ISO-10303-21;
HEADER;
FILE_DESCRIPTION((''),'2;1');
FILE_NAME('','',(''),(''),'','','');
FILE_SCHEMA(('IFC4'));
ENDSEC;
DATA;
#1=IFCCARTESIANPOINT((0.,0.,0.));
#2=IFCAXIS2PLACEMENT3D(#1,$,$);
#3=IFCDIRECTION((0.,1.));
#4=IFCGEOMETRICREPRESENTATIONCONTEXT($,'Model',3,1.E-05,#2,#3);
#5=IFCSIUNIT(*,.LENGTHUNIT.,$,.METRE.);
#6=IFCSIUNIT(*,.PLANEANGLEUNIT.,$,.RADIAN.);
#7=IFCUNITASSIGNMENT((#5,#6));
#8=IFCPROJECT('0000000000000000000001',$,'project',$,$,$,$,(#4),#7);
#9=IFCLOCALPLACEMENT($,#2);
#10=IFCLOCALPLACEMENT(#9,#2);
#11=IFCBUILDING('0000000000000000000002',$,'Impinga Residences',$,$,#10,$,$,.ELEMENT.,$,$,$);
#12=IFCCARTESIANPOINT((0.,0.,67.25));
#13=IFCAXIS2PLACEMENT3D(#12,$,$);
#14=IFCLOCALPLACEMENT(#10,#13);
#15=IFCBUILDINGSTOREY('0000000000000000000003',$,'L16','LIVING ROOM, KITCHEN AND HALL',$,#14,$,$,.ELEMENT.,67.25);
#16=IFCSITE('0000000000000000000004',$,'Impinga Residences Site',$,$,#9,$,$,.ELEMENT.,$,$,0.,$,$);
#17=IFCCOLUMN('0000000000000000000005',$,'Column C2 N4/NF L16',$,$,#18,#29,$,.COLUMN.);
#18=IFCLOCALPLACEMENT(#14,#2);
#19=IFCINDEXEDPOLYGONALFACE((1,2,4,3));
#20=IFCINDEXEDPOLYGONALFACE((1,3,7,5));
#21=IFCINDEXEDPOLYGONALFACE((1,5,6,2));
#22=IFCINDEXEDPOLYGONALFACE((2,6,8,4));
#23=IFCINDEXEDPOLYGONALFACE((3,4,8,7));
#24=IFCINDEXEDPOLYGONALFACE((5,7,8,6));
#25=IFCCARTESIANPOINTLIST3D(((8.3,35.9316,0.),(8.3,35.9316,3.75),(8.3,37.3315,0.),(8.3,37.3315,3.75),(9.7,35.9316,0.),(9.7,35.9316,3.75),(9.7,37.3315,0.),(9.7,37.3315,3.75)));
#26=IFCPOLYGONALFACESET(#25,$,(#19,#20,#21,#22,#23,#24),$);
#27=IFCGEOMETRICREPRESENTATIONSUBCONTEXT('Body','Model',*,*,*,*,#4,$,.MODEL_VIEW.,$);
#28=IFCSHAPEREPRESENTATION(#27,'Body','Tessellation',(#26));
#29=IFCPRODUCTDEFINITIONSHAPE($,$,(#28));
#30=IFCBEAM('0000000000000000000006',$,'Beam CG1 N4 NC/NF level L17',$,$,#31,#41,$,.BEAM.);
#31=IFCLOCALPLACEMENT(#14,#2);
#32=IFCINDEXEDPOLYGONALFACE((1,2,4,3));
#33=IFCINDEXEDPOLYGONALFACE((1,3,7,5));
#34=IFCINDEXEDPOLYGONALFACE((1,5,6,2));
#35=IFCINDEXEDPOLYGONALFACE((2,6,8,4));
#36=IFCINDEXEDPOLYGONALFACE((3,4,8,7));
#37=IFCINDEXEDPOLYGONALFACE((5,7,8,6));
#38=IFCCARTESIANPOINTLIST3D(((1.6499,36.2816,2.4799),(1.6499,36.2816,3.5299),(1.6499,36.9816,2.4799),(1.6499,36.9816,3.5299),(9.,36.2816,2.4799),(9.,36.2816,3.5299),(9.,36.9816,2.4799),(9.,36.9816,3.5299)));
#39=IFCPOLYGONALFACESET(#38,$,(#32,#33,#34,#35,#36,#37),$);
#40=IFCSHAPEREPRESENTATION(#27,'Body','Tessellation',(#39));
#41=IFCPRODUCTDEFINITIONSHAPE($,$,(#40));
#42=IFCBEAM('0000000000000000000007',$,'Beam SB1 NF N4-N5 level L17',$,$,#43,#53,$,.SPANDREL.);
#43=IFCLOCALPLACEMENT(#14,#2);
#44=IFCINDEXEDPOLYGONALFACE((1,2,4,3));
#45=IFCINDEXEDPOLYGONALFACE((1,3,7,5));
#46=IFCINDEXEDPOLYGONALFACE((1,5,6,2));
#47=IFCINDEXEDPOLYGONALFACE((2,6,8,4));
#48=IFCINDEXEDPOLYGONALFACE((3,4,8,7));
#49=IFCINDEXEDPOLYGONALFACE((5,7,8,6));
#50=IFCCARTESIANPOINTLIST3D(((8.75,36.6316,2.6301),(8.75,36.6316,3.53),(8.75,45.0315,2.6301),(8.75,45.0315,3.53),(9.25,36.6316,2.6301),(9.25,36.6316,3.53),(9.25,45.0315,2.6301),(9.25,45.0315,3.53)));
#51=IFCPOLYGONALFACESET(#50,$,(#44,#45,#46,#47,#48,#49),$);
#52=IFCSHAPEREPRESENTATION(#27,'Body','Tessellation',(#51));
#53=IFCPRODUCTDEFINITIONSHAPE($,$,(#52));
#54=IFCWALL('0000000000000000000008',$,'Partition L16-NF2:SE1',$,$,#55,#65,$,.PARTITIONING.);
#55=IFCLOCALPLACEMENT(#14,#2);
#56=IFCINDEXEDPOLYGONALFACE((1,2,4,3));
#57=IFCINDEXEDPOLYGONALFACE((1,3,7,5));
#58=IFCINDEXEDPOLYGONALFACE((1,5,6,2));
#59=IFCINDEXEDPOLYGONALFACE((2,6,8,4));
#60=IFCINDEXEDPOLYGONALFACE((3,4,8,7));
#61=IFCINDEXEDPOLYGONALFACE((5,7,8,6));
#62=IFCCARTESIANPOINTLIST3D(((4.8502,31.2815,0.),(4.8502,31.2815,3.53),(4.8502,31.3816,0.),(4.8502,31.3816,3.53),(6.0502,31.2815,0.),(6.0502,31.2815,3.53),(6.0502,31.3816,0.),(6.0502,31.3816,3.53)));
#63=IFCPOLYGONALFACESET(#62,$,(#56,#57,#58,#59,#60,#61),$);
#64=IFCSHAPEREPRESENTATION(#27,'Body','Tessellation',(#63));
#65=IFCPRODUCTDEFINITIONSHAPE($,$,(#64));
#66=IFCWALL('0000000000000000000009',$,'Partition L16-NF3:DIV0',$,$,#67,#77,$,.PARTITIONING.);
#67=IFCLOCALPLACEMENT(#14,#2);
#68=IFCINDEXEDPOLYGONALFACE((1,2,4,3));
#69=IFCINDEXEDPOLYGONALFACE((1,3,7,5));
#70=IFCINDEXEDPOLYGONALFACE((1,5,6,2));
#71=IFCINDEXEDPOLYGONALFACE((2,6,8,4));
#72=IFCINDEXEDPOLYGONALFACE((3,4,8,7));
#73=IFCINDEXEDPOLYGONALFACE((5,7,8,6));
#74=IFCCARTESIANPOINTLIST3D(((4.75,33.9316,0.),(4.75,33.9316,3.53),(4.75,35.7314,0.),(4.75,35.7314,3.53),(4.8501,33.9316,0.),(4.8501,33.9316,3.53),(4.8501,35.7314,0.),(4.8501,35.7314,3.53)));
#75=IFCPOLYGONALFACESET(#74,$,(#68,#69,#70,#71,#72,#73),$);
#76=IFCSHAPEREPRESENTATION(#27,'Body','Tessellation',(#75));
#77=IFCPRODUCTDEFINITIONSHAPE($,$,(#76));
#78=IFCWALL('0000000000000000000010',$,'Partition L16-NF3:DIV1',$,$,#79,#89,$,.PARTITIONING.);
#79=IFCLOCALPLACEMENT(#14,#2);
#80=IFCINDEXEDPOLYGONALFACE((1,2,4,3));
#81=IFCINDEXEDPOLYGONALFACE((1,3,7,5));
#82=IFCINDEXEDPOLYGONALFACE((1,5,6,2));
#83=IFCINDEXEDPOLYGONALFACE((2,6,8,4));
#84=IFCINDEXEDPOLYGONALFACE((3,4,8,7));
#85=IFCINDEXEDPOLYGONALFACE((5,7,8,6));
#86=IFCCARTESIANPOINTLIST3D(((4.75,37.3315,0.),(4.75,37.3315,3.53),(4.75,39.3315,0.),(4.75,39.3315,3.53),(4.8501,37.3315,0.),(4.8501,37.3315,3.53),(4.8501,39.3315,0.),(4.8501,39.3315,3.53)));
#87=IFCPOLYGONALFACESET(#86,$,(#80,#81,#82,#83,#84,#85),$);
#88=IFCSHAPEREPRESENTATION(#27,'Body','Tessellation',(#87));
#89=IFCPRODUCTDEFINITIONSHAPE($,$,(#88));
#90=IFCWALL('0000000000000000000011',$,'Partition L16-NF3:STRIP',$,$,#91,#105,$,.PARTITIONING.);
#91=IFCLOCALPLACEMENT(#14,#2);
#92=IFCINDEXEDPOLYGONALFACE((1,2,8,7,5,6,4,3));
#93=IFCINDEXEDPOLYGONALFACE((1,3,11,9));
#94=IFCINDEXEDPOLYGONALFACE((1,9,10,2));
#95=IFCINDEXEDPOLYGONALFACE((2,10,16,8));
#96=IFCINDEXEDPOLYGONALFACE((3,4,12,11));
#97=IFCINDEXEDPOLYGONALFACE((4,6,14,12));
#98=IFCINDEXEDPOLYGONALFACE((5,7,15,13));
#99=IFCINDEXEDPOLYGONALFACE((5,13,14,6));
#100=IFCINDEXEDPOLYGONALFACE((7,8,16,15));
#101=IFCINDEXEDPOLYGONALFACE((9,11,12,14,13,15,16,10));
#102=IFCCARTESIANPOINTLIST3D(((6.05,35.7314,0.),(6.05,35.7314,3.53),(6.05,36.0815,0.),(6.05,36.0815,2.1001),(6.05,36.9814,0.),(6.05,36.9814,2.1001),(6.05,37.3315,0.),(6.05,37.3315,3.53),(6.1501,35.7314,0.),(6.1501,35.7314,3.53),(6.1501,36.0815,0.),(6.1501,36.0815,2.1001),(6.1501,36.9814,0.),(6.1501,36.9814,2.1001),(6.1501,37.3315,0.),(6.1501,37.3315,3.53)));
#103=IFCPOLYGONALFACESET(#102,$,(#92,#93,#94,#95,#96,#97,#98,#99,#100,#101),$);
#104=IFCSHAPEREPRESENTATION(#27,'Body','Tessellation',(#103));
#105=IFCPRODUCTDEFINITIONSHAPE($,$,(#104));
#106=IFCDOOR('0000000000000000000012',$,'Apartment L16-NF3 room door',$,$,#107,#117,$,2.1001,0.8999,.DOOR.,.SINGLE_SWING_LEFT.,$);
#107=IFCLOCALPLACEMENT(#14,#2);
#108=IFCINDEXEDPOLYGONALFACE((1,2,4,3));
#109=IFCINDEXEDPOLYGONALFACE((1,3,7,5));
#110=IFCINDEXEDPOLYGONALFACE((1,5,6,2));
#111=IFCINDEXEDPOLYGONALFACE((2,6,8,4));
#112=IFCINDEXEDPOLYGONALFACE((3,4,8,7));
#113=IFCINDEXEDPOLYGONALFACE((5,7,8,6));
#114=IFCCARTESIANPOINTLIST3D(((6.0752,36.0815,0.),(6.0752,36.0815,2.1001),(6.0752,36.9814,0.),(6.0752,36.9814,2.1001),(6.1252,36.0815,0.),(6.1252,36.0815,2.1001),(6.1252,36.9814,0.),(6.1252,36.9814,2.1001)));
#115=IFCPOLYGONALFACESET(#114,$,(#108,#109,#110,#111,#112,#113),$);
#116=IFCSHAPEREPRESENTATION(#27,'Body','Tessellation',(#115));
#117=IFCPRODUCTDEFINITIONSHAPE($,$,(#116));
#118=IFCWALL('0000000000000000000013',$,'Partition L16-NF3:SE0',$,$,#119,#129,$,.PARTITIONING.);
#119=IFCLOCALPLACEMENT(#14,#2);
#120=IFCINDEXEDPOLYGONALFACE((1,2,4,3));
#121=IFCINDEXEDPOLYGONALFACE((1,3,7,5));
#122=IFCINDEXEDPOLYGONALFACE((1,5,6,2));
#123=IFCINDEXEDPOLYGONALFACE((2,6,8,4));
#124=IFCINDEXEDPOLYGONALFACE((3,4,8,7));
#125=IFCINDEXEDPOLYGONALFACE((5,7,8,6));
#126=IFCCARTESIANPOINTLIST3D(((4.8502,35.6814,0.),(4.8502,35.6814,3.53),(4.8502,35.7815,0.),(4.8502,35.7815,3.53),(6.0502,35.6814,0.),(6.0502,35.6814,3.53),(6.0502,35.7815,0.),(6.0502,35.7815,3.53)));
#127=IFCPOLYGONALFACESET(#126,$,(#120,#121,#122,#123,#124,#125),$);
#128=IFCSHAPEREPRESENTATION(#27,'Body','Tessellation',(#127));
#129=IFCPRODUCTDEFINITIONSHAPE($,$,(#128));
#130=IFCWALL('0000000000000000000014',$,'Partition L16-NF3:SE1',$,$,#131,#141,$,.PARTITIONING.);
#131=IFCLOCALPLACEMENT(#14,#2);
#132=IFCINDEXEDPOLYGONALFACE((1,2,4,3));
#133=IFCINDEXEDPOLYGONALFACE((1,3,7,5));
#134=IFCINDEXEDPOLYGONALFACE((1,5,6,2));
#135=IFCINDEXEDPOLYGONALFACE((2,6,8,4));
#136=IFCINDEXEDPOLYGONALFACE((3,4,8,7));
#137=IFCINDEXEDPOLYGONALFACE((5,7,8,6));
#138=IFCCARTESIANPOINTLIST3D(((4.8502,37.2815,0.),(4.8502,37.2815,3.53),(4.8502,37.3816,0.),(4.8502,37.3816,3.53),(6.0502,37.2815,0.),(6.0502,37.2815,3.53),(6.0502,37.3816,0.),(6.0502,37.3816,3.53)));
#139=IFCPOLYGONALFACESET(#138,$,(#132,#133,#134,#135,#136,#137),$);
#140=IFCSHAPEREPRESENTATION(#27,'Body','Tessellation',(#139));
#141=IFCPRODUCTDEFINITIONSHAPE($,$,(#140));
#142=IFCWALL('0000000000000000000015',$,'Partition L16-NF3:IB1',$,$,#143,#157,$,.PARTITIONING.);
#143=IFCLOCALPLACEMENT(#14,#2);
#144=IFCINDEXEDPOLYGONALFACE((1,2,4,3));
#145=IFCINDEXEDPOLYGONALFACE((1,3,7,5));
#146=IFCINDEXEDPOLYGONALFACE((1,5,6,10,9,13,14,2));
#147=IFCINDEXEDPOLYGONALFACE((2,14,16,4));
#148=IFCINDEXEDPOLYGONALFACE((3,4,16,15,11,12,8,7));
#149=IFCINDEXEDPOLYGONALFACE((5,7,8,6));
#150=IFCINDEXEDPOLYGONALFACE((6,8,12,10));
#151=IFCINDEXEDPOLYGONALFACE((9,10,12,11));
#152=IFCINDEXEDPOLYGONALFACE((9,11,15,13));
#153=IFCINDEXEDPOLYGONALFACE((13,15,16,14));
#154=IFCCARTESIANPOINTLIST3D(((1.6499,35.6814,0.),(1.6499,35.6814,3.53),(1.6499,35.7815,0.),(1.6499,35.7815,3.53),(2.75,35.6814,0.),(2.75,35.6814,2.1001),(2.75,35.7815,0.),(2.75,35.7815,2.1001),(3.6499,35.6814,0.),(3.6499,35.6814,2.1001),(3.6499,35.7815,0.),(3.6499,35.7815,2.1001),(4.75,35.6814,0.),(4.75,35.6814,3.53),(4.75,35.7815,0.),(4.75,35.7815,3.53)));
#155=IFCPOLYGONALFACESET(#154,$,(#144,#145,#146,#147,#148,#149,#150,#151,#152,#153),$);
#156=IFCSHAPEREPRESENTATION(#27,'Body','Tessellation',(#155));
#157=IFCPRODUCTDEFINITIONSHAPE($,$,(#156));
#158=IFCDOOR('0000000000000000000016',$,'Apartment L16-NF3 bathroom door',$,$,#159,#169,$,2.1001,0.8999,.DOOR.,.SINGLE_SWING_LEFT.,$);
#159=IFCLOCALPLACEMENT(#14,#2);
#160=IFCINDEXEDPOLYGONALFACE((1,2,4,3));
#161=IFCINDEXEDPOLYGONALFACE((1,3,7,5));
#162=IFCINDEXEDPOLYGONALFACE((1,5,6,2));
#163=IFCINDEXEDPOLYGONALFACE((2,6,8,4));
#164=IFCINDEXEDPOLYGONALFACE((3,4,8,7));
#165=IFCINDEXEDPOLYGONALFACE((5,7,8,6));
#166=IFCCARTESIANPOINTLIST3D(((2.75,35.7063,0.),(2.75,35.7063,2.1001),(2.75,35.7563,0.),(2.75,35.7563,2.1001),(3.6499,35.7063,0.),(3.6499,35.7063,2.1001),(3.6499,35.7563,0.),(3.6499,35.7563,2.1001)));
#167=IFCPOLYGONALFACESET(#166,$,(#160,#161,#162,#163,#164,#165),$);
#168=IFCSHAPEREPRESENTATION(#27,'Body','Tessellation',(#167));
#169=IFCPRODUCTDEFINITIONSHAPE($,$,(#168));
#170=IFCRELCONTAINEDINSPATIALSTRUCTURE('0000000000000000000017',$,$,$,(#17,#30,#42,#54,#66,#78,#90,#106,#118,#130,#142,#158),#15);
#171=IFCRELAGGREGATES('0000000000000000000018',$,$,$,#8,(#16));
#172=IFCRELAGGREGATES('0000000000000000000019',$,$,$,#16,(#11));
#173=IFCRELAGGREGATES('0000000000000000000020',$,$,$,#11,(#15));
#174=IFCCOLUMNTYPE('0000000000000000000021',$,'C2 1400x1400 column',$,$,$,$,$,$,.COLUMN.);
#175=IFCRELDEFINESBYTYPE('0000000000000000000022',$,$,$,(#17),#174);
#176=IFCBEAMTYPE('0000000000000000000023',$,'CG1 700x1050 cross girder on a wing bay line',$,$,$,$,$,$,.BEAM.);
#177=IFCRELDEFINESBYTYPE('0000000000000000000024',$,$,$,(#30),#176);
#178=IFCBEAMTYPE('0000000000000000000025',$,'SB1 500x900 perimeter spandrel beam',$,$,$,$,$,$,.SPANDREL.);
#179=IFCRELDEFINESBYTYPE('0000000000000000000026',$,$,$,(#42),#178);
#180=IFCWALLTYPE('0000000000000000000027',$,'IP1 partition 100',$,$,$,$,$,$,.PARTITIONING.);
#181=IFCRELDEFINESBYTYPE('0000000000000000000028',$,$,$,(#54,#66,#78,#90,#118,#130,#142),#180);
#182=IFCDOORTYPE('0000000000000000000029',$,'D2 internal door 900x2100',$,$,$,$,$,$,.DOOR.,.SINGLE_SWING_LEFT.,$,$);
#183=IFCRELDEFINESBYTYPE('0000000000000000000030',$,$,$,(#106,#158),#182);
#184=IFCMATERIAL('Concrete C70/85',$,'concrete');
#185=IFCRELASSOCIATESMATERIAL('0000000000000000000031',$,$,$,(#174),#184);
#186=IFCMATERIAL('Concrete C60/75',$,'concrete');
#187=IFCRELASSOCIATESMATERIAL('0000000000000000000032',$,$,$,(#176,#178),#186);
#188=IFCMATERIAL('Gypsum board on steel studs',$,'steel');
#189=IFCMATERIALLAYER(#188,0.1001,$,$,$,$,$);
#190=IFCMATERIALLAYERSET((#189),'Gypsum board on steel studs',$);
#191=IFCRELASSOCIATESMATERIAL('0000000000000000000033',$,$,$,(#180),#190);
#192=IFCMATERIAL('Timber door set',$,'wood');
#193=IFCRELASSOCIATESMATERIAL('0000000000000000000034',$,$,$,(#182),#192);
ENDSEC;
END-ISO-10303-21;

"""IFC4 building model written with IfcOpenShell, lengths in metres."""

from ifc_helpers import new_model, si_unit, direction, frame, frame_2d, origin, origin_2d, place, context, subcontext, project, spatial, rectangle, extrude, material, layer, layer_set, material_profile, profile_set, type_object, element, fill, save


model = new_model("IFC4")

# Units and contexts
model_context = context("Model", 3, precision=1e-05, world=origin(), true_north=direction((0.0, 1.0)))
body_context = subcontext(model_context, "Body", "Model", "MODEL_VIEW")
ifc_project = project(units=[si_unit("LENGTHUNIT", "METRE"), si_unit("PLANEANGLEUNIT", "RADIAN")], contexts=[model_context])

# Site, building, storey
site_placement = place(None, origin())
site = spatial("IfcSite", under=ifc_project, at=site_placement, Name="Impinga Residences Site", CompositionType="ELEMENT", RefElevation=0.0)
building_placement = place(site_placement, origin())
building = spatial("IfcBuilding", under=site, at=building_placement, Name="Impinga Residences", CompositionType="ELEMENT")
storey_placement = place(building_placement, frame((0.0, 0.0, 67.25)))
storey = spatial("IfcBuildingStorey", under=building, at=storey_placement, Name="L16", Description="LIVING ROOM, KITCHEN AND HALL", CompositionType="ELEMENT", Elevation=67.25)

# Column
ifc_material_1 = material(Name="Concrete C70/85", Category="concrete")
ifc_material_profile_1 = material_profile(ifc_material_1, rectangle(XDim=1.3999, YDim=1.3999, at=origin_2d()), Name="RC 1400x1400")
ifc_profile_set_1 = profile_set([ifc_material_profile_1], Name="Concrete C70/85")
column_type = type_object("IfcColumnType", Name="C2 1400x1400 column", PredefinedType="COLUMN", material=ifc_profile_set_1)
column_placement = place(storey_placement, frame((9.0, 36.6316, 0.0), z_axis=(0.0, 0.0, 1.0), x_axis=(1.0, 0.0, 0.0)))
element("IfcColumn", 1, at=column_placement, inside=storey, type_object=column_type, Name="Column C2 N4/NF L16", PredefinedType="COLUMN", context=body_context, shape_type="SweptSolid", body=[
    extrude(rectangle(XDim=1.3999, YDim=1.3999, at=origin_2d()), origin(), (0.0, 0.0, 1.0), 3.75),
])

# Beams
ifc_material_2 = material(Name="Concrete C60/75", Category="concrete")
ifc_material_profile_2 = material_profile(ifc_material_2, rectangle(XDim=0.7, YDim=1.05, at=origin_2d()), Name="RC 700x1050")
ifc_profile_set_2 = profile_set([ifc_material_profile_2], Name="Concrete C60/75")
beam_type_1 = type_object("IfcBeamType", Name="CG1 700x1050 cross girder on a wing bay line", PredefinedType="BEAM", material=ifc_profile_set_2)
beam_1_placement = place(storey_placement, frame((1.6499, 36.6316, 3.0049), z_axis=(1.0, 0.0, 0.0), x_axis=(0.0, 1.0, 0.0)))
element("IfcBeam", 2, at=beam_1_placement, inside=storey, type_object=beam_type_1, Name="Beam CG1 N4 NC/NF level L17", PredefinedType="BEAM", context=body_context, shape_type="SweptSolid", body=[
    extrude(rectangle(XDim=0.7, YDim=1.05, at=origin_2d()), origin(), (0.0, 0.0, 1.0), 7.3501),
])
ifc_material_profile_3 = material_profile(ifc_material_2, rectangle(XDim=0.5, YDim=0.8999, at=origin_2d()), Name="RC 500x900")
ifc_profile_set_3 = profile_set([ifc_material_profile_3], Name="Concrete C60/75")
beam_type_2 = type_object("IfcBeamType", Name="SB1 500x900 perimeter spandrel beam", PredefinedType="SPANDREL", material=ifc_profile_set_3)
beam_2_placement = place(storey_placement, frame((9.0, 36.6316, 3.0801), z_axis=(0.0, 1.0, 0.0), x_axis=(-1.0, 0.0, 0.0)))
element("IfcBeam", 3, at=beam_2_placement, inside=storey, type_object=beam_type_2, Name="Beam SB1 NF N4-N5 level L17", PredefinedType="SPANDREL", context=body_context, shape_type="SweptSolid", body=[
    extrude(rectangle(XDim=0.5, YDim=0.8999, at=origin_2d()), origin(), (0.0, 0.0, 1.0), 8.3999),
])

# Walls
ifc_material_3 = material(Name="Gypsum board on steel studs", Category="steel")
ifc_layer_1 = layer(ifc_material_3, 0.1001)
ifc_layer_set_1 = layer_set([ifc_layer_1], Name="Gypsum board on steel studs")
wall_type_1 = type_object("IfcWallType", Name="IP1 partition 100", PredefinedType="PARTITIONING", material=ifc_layer_set_1)
wall_1_placement = place(storey_placement, frame((4.8501, 31.3315, 0.0), z_axis=(0.0, 0.0, 1.0), x_axis=(1.0, 0.0, 0.0)))
element("IfcWall", 4, at=wall_1_placement, inside=storey, type_object=wall_type_1, Name="Partition L16-NF2:SE1", PredefinedType="PARTITIONING", context=body_context, shape_type="SweptSolid", body=[
    extrude(rectangle(XDim=1.2, YDim=0.1001, at=frame_2d((0.6001, 0.0))), origin(), (0.0, 0.0, 1.0), 3.53),
])
wall_2_placement = place(storey_placement, frame((4.8, 33.9316, 0.0), z_axis=(0.0, 0.0, 1.0), x_axis=(0.0, 1.0, 0.0)))
element("IfcWall", 5, at=wall_2_placement, inside=storey, type_object=wall_type_1, Name="Partition L16-NF3:DIV0", PredefinedType="PARTITIONING", context=body_context, shape_type="SweptSolid", body=[
    extrude(rectangle(XDim=1.7998, YDim=0.1001, at=frame_2d((0.8999, 0.0))), origin(), (0.0, 0.0, 1.0), 3.53),
])
wall_3_placement = place(storey_placement, frame((4.8, 37.3315, 0.0), z_axis=(0.0, 0.0, 1.0), x_axis=(0.0, 1.0, 0.0)))
element("IfcWall", 6, at=wall_3_placement, inside=storey, type_object=wall_type_1, Name="Partition L16-NF3:DIV1", PredefinedType="PARTITIONING", context=body_context, shape_type="SweptSolid", body=[
    extrude(rectangle(XDim=2.0, YDim=0.1001, at=frame_2d((1.0, 0.0))), origin(), (0.0, 0.0, 1.0), 3.53),
])

# Wall, opening, door
wall_4_placement = place(storey_placement, frame((6.1001, 35.7314, 0.0), z_axis=(0.0, 0.0, 1.0), x_axis=(0.0, 1.0, 0.0)))
wall_4 = element("IfcWall", 7, at=wall_4_placement, inside=storey, type_object=wall_type_1, Name="Partition L16-NF3:STRIP", PredefinedType="PARTITIONING", context=body_context, shape_type="SweptSolid", body=[
    extrude(rectangle(XDim=1.6001, YDim=0.1001, at=frame_2d((0.8, 0.0))), origin(), (0.0, 0.0, 1.0), 3.53),
])
opening_1_placement = place(wall_4_placement, frame((0.3501, 0.0, 0.0)))
opening_1 = element("IfcOpeningElement", 8, at=opening_1_placement, cuts=wall_4, PredefinedType="OPENING", context=body_context, shape_type="SweptSolid", body=[
    extrude(rectangle(XDim=0.8999, YDim=2.1001, at=frame_2d((0.45, 1.05))), frame((0.0, 0.0601, 0.0), z_axis=(0.0, -1.0, 0.0), x_axis=(1.0, 0.0, 0.0)), (0.0, 0.0, 1.0), 0.1201),
])
ifc_material_4 = material(Name="Timber door set", Category="wood")
door_type = type_object("IfcDoorType", Name="D2 internal door 900x2100", OperationType="SINGLE_SWING_LEFT", PredefinedType="DOOR", material=ifc_material_4)
door_1_placement = place(opening_1_placement, origin())
door_1 = element("IfcDoor", 9, at=door_1_placement, inside=storey, type_object=door_type, Name="Apartment L16-NF3 room door", OperationType="SINGLE_SWING_LEFT", OverallHeight=2.1001, OverallWidth=0.8999, PredefinedType="DOOR", context=body_context, shape_type="SweptSolid", body=[
    extrude(rectangle(XDim=0.8999, YDim=2.1001, at=frame_2d((0.45, 1.05))), frame((0.0, 0.0249, 0.0), z_axis=(0.0, -1.0, 0.0), x_axis=(1.0, 0.0, 0.0)), (0.0, 0.0, 1.0), 0.05),
])
fill(opening_1, door_1)

# Walls
for number, where, z_axis, x_axis, name in (
    (10, (4.8501, 35.7314, 0.0), (0.0, 0.0, 1.0), (1.0, 0.0, 0.0), "Partition L16-NF3:SE0"),
    (11, (4.8501, 37.3315, 0.0), (0.0, 0.0, 1.0), (1.0, 0.0, 0.0), "Partition L16-NF3:SE1"),
):
    element("IfcWall", number, at=place(storey_placement, frame(where, z_axis=z_axis, x_axis=x_axis)), inside=storey, type_object=wall_type_1, Name=name, PredefinedType="PARTITIONING", context=body_context, shape_type="SweptSolid", body=[
        extrude(rectangle(XDim=1.2, YDim=0.1001, at=frame_2d((0.6001, 0.0))), origin(), (0.0, 0.0, 1.0), 3.53),
    ])

# Wall, opening, door
wall_5_placement = place(storey_placement, frame((1.6499, 35.7314, 0.0), z_axis=(0.0, 0.0, 1.0), x_axis=(1.0, 0.0, 0.0)))
wall_5 = element("IfcWall", 12, at=wall_5_placement, inside=storey, type_object=wall_type_1, Name="Partition L16-NF3:IB1", PredefinedType="PARTITIONING", context=body_context, shape_type="SweptSolid", body=[
    extrude(rectangle(XDim=3.1001, YDim=0.1001, at=frame_2d((1.55, 0.0))), origin(), (0.0, 0.0, 1.0), 3.53),
])
opening_2_placement = place(wall_5_placement, frame((1.1001, 0.0, 0.0)))
opening_2 = element("IfcOpeningElement", 13, at=opening_2_placement, cuts=wall_5, PredefinedType="OPENING", context=body_context, shape_type="SweptSolid", body=[
    extrude(rectangle(XDim=0.8999, YDim=2.1001, at=frame_2d((0.45, 1.05))), frame((0.0, 0.0601, 0.0), z_axis=(0.0, -1.0, 0.0), x_axis=(1.0, 0.0, 0.0)), (0.0, 0.0, 1.0), 0.1201),
])
door_2_placement = place(opening_2_placement, origin())
door_2 = element("IfcDoor", 14, at=door_2_placement, inside=storey, type_object=door_type, Name="Apartment L16-NF3 bathroom door", OperationType="SINGLE_SWING_LEFT", OverallHeight=2.1001, OverallWidth=0.8999, PredefinedType="DOOR", context=body_context, shape_type="SweptSolid", body=[
    extrude(rectangle(XDim=0.8999, YDim=2.1001, at=frame_2d((0.45, 1.05))), frame((0.0, 0.0249, 0.0), z_axis=(0.0, -1.0, 0.0), x_axis=(1.0, 0.0, 0.0)), (0.0, 0.0, 1.0), 0.05),
])
fill(opening_2, door_2)

save(model, "model.ifc")
